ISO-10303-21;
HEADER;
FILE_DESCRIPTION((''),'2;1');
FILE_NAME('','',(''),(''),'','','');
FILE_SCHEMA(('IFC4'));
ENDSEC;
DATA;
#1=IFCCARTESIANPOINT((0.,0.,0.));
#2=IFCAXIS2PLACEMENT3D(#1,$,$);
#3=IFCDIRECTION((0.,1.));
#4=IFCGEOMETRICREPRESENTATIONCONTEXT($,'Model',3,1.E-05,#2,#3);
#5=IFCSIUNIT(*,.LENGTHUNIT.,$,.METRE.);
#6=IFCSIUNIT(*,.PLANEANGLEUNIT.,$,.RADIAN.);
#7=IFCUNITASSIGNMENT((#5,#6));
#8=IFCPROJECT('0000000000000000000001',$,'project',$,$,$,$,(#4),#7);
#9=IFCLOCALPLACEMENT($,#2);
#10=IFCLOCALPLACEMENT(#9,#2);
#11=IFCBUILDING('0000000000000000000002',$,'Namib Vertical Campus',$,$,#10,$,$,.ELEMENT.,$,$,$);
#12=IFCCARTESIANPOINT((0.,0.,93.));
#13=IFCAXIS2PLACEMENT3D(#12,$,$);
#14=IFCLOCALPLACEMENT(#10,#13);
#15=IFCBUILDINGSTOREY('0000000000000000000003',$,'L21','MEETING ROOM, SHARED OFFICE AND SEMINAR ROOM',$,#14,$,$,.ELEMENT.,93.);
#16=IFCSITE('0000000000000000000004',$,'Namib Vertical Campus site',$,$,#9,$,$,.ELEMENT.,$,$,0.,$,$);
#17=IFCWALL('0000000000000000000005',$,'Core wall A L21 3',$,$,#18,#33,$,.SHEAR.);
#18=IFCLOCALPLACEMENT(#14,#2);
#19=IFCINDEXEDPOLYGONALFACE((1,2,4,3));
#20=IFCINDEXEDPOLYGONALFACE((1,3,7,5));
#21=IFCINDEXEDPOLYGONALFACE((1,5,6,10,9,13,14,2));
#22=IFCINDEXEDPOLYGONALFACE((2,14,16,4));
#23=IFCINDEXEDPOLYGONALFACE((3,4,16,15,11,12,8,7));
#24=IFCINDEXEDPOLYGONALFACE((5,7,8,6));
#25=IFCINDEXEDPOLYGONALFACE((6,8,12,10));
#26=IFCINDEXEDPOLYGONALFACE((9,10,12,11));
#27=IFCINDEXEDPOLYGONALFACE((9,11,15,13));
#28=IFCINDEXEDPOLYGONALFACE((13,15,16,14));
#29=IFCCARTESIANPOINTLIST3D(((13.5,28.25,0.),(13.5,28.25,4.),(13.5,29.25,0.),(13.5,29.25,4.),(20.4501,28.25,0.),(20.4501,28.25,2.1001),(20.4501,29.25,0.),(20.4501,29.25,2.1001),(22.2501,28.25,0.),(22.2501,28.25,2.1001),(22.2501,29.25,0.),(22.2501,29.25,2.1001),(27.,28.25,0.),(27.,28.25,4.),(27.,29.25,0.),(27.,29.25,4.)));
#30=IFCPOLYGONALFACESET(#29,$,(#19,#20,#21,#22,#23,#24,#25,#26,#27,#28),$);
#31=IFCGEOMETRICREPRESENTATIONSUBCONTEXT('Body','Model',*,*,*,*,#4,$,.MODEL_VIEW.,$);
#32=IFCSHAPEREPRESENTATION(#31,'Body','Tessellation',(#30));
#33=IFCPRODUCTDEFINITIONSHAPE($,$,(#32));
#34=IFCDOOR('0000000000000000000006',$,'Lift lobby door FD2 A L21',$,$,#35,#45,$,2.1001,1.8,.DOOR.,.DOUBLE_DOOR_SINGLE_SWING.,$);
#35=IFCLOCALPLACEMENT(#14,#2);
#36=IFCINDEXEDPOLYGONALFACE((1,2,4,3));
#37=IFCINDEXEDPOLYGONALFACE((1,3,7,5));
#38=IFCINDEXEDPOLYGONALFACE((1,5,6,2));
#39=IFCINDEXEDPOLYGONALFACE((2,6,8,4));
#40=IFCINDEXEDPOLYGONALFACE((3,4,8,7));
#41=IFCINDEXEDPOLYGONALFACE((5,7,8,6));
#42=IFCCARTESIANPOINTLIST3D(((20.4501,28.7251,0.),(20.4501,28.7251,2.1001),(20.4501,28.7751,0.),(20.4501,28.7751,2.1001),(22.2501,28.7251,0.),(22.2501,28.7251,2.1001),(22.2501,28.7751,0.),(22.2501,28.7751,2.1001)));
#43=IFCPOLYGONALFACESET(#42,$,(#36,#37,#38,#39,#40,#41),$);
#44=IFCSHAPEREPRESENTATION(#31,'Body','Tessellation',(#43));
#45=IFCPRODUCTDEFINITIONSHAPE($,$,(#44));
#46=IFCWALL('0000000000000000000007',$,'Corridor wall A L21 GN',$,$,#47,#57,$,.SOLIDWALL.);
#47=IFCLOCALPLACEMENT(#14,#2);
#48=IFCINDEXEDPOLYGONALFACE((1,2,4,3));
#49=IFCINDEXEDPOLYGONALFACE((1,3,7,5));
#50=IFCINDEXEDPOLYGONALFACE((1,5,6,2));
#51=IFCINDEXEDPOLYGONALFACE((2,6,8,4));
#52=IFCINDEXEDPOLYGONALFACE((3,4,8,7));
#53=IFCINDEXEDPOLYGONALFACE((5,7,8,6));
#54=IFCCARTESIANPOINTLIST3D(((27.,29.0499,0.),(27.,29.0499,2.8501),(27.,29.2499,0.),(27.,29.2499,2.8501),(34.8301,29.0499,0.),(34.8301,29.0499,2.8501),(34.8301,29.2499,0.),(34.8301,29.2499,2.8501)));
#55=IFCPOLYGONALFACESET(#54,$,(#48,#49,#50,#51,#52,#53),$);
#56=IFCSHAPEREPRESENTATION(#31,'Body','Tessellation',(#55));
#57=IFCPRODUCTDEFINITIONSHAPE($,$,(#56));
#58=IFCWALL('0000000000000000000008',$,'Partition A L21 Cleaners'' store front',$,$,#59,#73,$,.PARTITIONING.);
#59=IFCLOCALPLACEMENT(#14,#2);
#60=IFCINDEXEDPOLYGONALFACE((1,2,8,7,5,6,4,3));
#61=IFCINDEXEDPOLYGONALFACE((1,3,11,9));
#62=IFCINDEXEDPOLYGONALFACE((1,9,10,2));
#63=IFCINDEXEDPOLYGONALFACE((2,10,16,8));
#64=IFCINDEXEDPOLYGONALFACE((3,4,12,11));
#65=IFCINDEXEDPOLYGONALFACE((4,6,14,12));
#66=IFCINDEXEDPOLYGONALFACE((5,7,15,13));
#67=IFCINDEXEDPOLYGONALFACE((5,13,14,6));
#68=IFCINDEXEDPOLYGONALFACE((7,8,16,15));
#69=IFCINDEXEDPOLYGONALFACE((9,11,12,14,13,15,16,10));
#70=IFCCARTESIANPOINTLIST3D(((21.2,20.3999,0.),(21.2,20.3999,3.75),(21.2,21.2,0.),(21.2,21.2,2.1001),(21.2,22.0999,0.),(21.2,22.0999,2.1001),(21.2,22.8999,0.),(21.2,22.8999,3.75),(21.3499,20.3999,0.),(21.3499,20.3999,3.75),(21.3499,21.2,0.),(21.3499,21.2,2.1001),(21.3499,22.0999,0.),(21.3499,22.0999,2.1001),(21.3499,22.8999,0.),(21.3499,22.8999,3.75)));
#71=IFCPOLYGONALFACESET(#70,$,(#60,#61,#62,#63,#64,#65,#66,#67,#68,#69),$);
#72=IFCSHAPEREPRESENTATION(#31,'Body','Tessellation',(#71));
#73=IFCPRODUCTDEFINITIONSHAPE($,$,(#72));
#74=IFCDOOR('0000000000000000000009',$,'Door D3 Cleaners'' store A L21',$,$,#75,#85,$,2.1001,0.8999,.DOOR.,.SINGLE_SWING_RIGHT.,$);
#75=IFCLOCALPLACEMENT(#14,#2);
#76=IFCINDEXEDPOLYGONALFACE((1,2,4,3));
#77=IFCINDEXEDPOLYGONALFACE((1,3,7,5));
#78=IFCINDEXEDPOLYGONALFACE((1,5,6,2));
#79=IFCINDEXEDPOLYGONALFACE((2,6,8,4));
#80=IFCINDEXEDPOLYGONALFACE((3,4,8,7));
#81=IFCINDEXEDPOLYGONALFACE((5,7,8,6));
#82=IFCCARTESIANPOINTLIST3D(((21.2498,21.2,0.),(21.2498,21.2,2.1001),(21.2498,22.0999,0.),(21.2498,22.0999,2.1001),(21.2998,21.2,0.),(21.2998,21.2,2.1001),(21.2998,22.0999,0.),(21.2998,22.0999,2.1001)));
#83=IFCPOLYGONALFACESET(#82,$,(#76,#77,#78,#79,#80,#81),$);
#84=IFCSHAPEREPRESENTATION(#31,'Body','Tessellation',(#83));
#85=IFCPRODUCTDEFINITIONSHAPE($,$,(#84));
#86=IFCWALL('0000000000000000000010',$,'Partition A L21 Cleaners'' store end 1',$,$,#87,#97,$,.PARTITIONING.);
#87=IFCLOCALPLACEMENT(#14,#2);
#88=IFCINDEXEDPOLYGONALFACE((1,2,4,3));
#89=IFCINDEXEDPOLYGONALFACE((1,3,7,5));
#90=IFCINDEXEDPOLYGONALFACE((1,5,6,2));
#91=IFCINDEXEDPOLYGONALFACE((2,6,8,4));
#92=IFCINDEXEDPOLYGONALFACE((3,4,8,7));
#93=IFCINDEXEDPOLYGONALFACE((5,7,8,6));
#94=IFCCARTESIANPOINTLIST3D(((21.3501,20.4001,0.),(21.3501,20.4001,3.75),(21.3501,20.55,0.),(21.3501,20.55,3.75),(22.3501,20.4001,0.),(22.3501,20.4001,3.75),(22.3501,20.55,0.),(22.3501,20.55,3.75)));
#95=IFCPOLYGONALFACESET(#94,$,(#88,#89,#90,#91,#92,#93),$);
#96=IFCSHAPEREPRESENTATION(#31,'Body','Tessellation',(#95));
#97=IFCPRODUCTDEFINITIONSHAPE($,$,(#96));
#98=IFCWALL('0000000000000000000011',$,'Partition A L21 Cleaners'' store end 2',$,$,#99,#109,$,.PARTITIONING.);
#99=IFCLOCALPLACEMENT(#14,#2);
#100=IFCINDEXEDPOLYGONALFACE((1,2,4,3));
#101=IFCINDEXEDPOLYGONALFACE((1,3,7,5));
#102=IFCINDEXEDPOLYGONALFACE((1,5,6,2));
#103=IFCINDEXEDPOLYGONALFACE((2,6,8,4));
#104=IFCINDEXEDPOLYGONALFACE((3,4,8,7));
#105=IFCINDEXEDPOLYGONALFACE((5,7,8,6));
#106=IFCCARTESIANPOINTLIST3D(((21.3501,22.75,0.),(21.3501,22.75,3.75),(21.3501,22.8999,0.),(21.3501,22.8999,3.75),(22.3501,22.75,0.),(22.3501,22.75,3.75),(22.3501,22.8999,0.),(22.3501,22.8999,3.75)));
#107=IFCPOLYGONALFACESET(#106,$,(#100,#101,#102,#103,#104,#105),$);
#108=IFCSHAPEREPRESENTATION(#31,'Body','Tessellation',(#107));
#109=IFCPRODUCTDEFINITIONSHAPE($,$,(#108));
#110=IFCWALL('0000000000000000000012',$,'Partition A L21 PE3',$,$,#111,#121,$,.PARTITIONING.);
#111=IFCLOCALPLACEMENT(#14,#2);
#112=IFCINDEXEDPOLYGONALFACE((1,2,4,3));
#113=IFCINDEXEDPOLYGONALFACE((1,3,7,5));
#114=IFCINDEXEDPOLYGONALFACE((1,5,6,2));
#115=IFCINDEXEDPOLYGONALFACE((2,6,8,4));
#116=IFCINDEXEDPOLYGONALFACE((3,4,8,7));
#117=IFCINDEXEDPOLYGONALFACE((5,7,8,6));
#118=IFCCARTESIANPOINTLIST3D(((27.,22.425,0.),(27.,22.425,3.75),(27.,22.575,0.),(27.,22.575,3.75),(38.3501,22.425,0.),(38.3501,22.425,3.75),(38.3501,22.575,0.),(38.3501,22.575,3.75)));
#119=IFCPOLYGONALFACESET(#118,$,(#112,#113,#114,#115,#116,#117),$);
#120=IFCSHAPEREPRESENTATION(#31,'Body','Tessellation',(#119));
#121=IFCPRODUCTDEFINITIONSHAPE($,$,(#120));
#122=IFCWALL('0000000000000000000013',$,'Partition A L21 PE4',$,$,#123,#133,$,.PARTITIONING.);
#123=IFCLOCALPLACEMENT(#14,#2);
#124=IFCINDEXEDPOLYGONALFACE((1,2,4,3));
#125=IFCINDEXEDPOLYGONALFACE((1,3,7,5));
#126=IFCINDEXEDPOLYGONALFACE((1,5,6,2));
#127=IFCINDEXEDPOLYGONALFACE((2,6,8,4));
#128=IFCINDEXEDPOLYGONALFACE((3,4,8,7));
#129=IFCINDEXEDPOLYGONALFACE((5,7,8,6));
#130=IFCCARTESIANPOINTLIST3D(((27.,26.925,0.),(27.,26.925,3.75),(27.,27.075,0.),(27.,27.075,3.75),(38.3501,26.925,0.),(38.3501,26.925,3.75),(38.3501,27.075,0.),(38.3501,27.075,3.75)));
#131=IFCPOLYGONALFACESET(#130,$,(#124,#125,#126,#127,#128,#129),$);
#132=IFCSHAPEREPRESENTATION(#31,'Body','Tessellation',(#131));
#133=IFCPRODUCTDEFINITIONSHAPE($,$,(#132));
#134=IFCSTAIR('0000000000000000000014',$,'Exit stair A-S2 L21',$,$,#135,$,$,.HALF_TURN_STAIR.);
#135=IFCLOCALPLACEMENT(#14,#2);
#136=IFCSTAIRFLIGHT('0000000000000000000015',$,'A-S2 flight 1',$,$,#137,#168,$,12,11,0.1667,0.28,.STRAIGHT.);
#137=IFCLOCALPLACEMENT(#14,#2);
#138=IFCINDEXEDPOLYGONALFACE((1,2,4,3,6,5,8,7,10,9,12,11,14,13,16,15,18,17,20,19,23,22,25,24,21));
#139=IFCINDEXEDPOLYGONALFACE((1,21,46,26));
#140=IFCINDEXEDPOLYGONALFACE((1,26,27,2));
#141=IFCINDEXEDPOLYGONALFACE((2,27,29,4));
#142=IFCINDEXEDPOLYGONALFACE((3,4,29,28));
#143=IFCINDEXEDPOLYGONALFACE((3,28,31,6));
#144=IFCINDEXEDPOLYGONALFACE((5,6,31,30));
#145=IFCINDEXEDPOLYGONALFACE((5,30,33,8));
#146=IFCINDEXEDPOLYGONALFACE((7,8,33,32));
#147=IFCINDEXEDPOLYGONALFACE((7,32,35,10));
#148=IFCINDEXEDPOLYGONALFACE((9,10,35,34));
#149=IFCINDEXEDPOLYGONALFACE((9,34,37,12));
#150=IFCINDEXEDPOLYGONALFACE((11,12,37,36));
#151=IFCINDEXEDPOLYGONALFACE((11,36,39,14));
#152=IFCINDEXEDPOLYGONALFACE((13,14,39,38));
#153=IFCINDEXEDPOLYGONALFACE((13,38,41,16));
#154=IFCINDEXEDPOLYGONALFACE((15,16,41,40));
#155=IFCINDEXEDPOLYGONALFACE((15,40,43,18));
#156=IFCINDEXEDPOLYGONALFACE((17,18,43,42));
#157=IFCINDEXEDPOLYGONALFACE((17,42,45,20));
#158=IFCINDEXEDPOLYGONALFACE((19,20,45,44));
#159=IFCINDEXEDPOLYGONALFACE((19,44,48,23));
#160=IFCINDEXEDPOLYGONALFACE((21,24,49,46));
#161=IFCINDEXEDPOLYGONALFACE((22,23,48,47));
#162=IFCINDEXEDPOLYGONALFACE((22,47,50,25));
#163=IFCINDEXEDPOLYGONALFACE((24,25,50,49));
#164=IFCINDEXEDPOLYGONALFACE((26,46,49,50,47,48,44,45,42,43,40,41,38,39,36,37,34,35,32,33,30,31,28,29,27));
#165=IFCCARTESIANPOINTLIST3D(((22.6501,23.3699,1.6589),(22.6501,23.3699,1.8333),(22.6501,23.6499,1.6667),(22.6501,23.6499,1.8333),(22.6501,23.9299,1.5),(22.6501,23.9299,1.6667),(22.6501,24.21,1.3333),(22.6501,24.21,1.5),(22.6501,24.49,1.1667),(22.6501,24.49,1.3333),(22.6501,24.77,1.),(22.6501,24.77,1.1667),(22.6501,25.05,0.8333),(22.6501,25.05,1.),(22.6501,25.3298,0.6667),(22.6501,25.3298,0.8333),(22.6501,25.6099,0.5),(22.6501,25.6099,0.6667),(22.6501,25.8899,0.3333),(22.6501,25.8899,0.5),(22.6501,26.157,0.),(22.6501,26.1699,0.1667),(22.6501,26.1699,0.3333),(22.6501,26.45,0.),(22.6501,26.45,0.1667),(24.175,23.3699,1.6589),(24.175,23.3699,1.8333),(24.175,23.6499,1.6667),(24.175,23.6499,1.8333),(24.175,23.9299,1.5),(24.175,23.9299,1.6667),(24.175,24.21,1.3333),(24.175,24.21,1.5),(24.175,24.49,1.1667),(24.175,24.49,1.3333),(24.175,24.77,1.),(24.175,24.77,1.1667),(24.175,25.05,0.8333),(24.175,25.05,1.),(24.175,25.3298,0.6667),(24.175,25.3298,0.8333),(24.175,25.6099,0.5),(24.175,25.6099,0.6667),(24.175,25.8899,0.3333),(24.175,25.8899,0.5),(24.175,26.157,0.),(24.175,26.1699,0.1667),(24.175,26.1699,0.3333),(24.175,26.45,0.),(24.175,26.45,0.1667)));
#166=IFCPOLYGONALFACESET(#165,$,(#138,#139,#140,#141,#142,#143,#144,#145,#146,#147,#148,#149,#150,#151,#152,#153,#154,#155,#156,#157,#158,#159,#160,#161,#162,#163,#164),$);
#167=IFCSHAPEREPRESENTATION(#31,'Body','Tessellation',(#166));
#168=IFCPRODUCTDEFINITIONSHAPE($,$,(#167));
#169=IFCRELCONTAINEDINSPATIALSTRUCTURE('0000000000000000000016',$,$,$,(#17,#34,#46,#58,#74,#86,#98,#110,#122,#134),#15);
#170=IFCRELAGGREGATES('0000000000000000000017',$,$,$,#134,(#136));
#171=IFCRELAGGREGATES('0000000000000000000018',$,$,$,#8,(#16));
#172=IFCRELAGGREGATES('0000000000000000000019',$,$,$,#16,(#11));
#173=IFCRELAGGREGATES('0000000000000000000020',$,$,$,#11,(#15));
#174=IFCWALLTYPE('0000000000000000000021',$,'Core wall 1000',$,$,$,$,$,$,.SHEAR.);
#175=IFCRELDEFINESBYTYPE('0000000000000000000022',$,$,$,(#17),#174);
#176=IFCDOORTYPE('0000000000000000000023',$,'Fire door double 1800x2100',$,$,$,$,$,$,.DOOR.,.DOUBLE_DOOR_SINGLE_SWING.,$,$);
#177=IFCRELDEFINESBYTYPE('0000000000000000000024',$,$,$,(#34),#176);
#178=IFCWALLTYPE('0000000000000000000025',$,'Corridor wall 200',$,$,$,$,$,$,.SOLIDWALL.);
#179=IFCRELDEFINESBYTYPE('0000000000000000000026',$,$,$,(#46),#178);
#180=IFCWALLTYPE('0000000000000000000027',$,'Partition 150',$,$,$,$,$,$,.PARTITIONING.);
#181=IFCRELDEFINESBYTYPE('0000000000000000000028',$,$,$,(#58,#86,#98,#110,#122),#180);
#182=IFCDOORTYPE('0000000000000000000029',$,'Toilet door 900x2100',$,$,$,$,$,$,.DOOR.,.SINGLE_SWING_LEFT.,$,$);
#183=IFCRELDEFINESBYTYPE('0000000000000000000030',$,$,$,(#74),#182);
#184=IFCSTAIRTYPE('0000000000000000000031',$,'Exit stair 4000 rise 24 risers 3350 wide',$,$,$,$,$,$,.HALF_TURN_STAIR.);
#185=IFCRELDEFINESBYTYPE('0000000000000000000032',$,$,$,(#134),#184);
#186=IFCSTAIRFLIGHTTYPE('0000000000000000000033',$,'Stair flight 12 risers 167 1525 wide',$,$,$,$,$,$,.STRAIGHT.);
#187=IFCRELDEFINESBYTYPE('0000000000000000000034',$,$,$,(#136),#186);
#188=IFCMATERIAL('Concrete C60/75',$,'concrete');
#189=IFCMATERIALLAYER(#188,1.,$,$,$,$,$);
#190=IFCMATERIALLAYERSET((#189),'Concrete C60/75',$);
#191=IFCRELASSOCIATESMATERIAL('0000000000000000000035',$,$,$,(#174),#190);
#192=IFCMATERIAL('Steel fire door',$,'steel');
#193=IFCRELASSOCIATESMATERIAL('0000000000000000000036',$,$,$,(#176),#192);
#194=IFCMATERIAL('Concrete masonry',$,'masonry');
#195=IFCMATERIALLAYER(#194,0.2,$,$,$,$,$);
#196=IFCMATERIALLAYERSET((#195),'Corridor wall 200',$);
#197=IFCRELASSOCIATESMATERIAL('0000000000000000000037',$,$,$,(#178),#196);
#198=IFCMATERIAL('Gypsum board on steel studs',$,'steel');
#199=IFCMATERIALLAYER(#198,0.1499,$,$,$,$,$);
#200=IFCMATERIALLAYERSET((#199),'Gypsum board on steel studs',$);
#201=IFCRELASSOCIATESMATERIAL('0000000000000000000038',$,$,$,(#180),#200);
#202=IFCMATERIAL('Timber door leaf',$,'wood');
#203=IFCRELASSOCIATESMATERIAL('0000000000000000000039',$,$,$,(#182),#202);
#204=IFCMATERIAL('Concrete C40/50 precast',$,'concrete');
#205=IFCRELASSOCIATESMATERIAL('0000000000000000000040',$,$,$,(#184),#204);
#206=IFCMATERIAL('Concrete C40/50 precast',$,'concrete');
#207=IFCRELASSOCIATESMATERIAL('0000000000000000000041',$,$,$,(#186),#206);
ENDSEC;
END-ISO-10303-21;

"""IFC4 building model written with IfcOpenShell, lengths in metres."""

from ifc_helpers import new_model, si_unit, direction, frame, frame_2d, origin, place, context, subcontext, project, spatial, polyline, rectangle, outline, extrude, material, layer, layer_set, type_object, element, fill, aggregate, save


model = new_model("IFC4")

# Units and contexts
model_context = context("Model", 3, precision=1e-05, world=origin(), true_north=direction((0.0, 1.0)))
body_context = subcontext(model_context, "Body", "Model", "MODEL_VIEW")
ifc_project = project(units=[si_unit("LENGTHUNIT", "METRE"), si_unit("PLANEANGLEUNIT", "RADIAN")], contexts=[model_context])

# Site, building, storey
site_placement = place(None, origin())
site = spatial("IfcSite", under=ifc_project, at=site_placement, Name="Namib Vertical Campus site", CompositionType="ELEMENT", RefElevation=0.0)
building_placement = place(site_placement, origin())
building = spatial("IfcBuilding", under=site, at=building_placement, Name="Namib Vertical Campus", CompositionType="ELEMENT")
storey_placement = place(building_placement, frame((0.0, 0.0, 93.0)))
storey = spatial("IfcBuildingStorey", under=building, at=storey_placement, Name="L21", Description="MEETING ROOM, SHARED OFFICE AND SEMINAR ROOM", CompositionType="ELEMENT", Elevation=93.0)

# Wall, opening, door
ifc_material_1 = material(Name="Concrete C60/75", Category="concrete")
ifc_layer_1 = layer(ifc_material_1, 1.0)
ifc_layer_set_1 = layer_set([ifc_layer_1], Name="Concrete C60/75")
wall_type_1 = type_object("IfcWallType", Name="Core wall 1000", PredefinedType="SHEAR", material=ifc_layer_set_1)
wall_1_placement = place(storey_placement, frame((27.0, 28.75, 0.0), z_axis=(0.0, 0.0, 1.0), x_axis=(-1.0, 0.0, 0.0)))
wall_1 = element("IfcWall", 1, at=wall_1_placement, inside=storey, type_object=wall_type_1, Name="Core wall A L21 3", PredefinedType="SHEAR", context=body_context, shape_type="SweptSolid", body=[
    extrude(rectangle(XDim=13.5, YDim=1.0, at=frame_2d((6.75, 0.0))), origin(), (0.0, 0.0, 1.0), 4.0),
])
opening_1_placement = place(wall_1_placement, frame((4.75, 0.0, 0.0)))
opening_1 = element("IfcOpeningElement", 2, at=opening_1_placement, cuts=wall_1, PredefinedType="OPENING", context=body_context, shape_type="SweptSolid", body=[
    extrude(rectangle(XDim=1.8, YDim=2.1001, at=frame_2d((0.8999, 1.05))), frame((0.0, 0.51, 0.0), z_axis=(0.0, -1.0, 0.0), x_axis=(1.0, 0.0, 0.0)), (0.0, 0.0, 1.0), 1.02),
])
ifc_material_2 = material(Name="Steel fire door", Category="steel")
door_type_1 = type_object("IfcDoorType", Name="Fire door double 1800x2100", OperationType="DOUBLE_DOOR_SINGLE_SWING", PredefinedType="DOOR", material=ifc_material_2)
door_1_placement = place(opening_1_placement, origin())
door_1 = element("IfcDoor", 3, at=door_1_placement, inside=storey, type_object=door_type_1, Name="Lift lobby door FD2 A L21", OperationType="DOUBLE_DOOR_SINGLE_SWING", OverallHeight=2.1001, OverallWidth=1.8, PredefinedType="DOOR", context=body_context, shape_type="SweptSolid", body=[
    extrude(rectangle(XDim=1.8, YDim=2.1001, at=frame_2d((0.8999, 1.05))), frame((0.0, 0.0249, 0.0), z_axis=(0.0, -1.0, 0.0), x_axis=(1.0, 0.0, 0.0)), (0.0, 0.0, 1.0), 0.05),
])
fill(opening_1, door_1)

# Wall
ifc_material_3 = material(Name="Concrete masonry", Category="masonry")
ifc_layer_2 = layer(ifc_material_3, 0.2)
ifc_layer_set_2 = layer_set([ifc_layer_2], Name="Corridor wall 200")
wall_type_2 = type_object("IfcWallType", Name="Corridor wall 200", PredefinedType="SOLIDWALL", material=ifc_layer_set_2)
wall_2_placement = place(storey_placement, frame((27.0, 29.1499, 0.0), z_axis=(0.0, 0.0, 1.0), x_axis=(1.0, 0.0, 0.0)))
element("IfcWall", 4, at=wall_2_placement, inside=storey, type_object=wall_type_2, Name="Corridor wall A L21 GN", PredefinedType="SOLIDWALL", context=body_context, shape_type="SweptSolid", body=[
    extrude(rectangle(XDim=7.8301, YDim=0.2, at=frame_2d((3.915, 0.0))), origin(), (0.0, 0.0, 1.0), 2.8501),
])

# Wall, opening, door
ifc_material_4 = material(Name="Gypsum board on steel studs", Category="steel")
ifc_layer_3 = layer(ifc_material_4, 0.1499)
ifc_layer_set_3 = layer_set([ifc_layer_3], Name="Gypsum board on steel studs")
wall_type_3 = type_object("IfcWallType", Name="Partition 150", PredefinedType="PARTITIONING", material=ifc_layer_set_3)
wall_3_placement = place(storey_placement, frame((21.2749, 20.3999, 0.0), z_axis=(0.0, 0.0, 1.0), x_axis=(0.0, 1.0, 0.0)))
wall_3 = element("IfcWall", 5, at=wall_3_placement, inside=storey, type_object=wall_type_3, Name="Partition A L21 Cleaners' store front", PredefinedType="PARTITIONING", context=body_context, shape_type="SweptSolid", body=[
    extrude(rectangle(XDim=2.5, YDim=0.1499, at=frame_2d((1.25, 0.0))), origin(), (0.0, 0.0, 1.0), 3.75),
])
opening_2_placement = place(wall_3_placement, frame((0.8, 0.0, 0.0)))
opening_2 = element("IfcOpeningElement", 6, at=opening_2_placement, cuts=wall_3, PredefinedType="OPENING", context=body_context, shape_type="SweptSolid", body=[
    extrude(rectangle(XDim=0.8999, YDim=2.1001, at=frame_2d((0.45, 1.05))), frame((0.0, 0.085, 0.0), z_axis=(0.0, -1.0, 0.0), x_axis=(1.0, 0.0, 0.0)), (0.0, 0.0, 1.0), 0.1699),
])
ifc_material_5 = material(Name="Timber door leaf", Category="wood")
door_type_2 = type_object("IfcDoorType", Name="Toilet door 900x2100", OperationType="SINGLE_SWING_LEFT", PredefinedType="DOOR", material=ifc_material_5)
door_2_placement = place(opening_2_placement, frame((0.8999, 0.0, 0.0), z_axis=(0.0, 0.0, 1.0), x_axis=(-1.0, 0.0, 0.0)))
door_2 = element("IfcDoor", 7, at=door_2_placement, inside=storey, type_object=door_type_2, Name="Door D3 Cleaners' store A L21", OperationType="SINGLE_SWING_RIGHT", OverallHeight=2.1001, OverallWidth=0.8999, PredefinedType="DOOR", context=body_context, shape_type="SweptSolid", body=[
    extrude(rectangle(XDim=0.8999, YDim=2.1001, at=frame_2d((0.45, 1.05))), frame((0.0, 0.0249, 0.0), z_axis=(0.0, -1.0, 0.0), x_axis=(1.0, 0.0, 0.0)), (0.0, 0.0, 1.0), 0.05),
])
fill(opening_2, door_2)

# Walls
for number, where, z_axis, x_axis, name in (
    (8, (21.3501, 20.4751, 0.0), (0.0, 0.0, 1.0), (1.0, 0.0, 0.0), "Partition A L21 Cleaners' store end 1"),
    (9, (21.3501, 22.825, 0.0), (0.0, 0.0, 1.0), (1.0, 0.0, 0.0), "Partition A L21 Cleaners' store end 2"),
):
    element("IfcWall", number, at=place(storey_placement, frame(where, z_axis=z_axis, x_axis=x_axis)), inside=storey, type_object=wall_type_3, Name=name, PredefinedType="PARTITIONING", context=body_context, shape_type="SweptSolid", body=[
        extrude(rectangle(XDim=1.0, YDim=0.1499, at=frame_2d((0.5, 0.0))), origin(), (0.0, 0.0, 1.0), 3.75),
    ])
for number, where, z_axis, x_axis, name in (
    (10, (27.0, 22.5, 0.0), (0.0, 0.0, 1.0), (1.0, 0.0, 0.0), "Partition A L21 PE3"),
    (11, (27.0, 27.0, 0.0), (0.0, 0.0, 1.0), (1.0, 0.0, 0.0), "Partition A L21 PE4"),
):
    element("IfcWall", number, at=place(storey_placement, frame(where, z_axis=z_axis, x_axis=x_axis)), inside=storey, type_object=wall_type_3, Name=name, PredefinedType="PARTITIONING", context=body_context, shape_type="SweptSolid", body=[
        extrude(rectangle(XDim=11.3501, YDim=0.1499, at=frame_2d((5.675, 0.0))), origin(), (0.0, 0.0, 1.0), 3.75),
    ])

# Stair, stair flight
ifc_material_6 = material(Name="Concrete C40/50 precast", Category="concrete")
stair_type = type_object("IfcStairType", Name="Exit stair 4000 rise 24 risers 3350 wide", PredefinedType="HALF_TURN_STAIR", material=ifc_material_6)
stair_placement = place(storey_placement, origin())
stair = element("IfcStair", 12, at=stair_placement, inside=storey, type_object=stair_type, Name="Exit stair A-S2 L21", PredefinedType="HALF_TURN_STAIR")
ifc_material_7 = material(Name="Concrete C40/50 precast", Category="concrete")
stair_flight_type = type_object("IfcStairFlightType", Name="Stair flight 12 risers 167 1525 wide", PredefinedType="STRAIGHT", material=ifc_material_7)
stair_flight_1_placement = place(storey_placement, frame((23.4126, 26.45, 0.0), z_axis=(0.0, 0.0, 1.0), x_axis=(0.0, -1.0, 0.0)))
stair_flight_1 = element("IfcStairFlight", 13, at=stair_flight_1_placement, type_object=stair_flight_type, Name="A-S2 flight 1", NumberOfRisers=12, NumberOfTreads=11, PredefinedType="STRAIGHT", RiserHeight=0.1667, TreadLength=0.28, context=body_context, shape_type="SweptSolid", body=[
    extrude(outline(polyline([(0.0, 0.0), (0.0, 0.1667), (0.28, 0.1667), (0.28, 0.3333), (0.5601, 0.3333), (0.5601, 0.5), (0.8401, 0.5), (0.8401, 0.6667), (1.1201, 0.6667), (1.1201, 0.8333), (1.3999, 0.8333), (1.3999, 1.0), (1.6799, 1.0), (1.6799, 1.1667), (1.96, 1.1667), (1.96, 1.3333), (2.24, 1.3333), (2.24, 1.5), (2.52, 1.5), (2.52, 1.6667), (2.8, 1.6667), (2.8, 1.8333), (3.0801, 1.8333), (3.0801, 2.0), (3.0801, 1.6589), (0.293, 0.0), (0.0, 0.0)])), frame((0.0, 0.7625, 0.0), z_axis=(0.0, -1.0, 0.0), x_axis=(1.0, 0.0, 0.0)), (0.0, 0.0, 1.0), 1.5249),
])
aggregate(stair, [stair_flight_1])

save(model, "model.ifc")
